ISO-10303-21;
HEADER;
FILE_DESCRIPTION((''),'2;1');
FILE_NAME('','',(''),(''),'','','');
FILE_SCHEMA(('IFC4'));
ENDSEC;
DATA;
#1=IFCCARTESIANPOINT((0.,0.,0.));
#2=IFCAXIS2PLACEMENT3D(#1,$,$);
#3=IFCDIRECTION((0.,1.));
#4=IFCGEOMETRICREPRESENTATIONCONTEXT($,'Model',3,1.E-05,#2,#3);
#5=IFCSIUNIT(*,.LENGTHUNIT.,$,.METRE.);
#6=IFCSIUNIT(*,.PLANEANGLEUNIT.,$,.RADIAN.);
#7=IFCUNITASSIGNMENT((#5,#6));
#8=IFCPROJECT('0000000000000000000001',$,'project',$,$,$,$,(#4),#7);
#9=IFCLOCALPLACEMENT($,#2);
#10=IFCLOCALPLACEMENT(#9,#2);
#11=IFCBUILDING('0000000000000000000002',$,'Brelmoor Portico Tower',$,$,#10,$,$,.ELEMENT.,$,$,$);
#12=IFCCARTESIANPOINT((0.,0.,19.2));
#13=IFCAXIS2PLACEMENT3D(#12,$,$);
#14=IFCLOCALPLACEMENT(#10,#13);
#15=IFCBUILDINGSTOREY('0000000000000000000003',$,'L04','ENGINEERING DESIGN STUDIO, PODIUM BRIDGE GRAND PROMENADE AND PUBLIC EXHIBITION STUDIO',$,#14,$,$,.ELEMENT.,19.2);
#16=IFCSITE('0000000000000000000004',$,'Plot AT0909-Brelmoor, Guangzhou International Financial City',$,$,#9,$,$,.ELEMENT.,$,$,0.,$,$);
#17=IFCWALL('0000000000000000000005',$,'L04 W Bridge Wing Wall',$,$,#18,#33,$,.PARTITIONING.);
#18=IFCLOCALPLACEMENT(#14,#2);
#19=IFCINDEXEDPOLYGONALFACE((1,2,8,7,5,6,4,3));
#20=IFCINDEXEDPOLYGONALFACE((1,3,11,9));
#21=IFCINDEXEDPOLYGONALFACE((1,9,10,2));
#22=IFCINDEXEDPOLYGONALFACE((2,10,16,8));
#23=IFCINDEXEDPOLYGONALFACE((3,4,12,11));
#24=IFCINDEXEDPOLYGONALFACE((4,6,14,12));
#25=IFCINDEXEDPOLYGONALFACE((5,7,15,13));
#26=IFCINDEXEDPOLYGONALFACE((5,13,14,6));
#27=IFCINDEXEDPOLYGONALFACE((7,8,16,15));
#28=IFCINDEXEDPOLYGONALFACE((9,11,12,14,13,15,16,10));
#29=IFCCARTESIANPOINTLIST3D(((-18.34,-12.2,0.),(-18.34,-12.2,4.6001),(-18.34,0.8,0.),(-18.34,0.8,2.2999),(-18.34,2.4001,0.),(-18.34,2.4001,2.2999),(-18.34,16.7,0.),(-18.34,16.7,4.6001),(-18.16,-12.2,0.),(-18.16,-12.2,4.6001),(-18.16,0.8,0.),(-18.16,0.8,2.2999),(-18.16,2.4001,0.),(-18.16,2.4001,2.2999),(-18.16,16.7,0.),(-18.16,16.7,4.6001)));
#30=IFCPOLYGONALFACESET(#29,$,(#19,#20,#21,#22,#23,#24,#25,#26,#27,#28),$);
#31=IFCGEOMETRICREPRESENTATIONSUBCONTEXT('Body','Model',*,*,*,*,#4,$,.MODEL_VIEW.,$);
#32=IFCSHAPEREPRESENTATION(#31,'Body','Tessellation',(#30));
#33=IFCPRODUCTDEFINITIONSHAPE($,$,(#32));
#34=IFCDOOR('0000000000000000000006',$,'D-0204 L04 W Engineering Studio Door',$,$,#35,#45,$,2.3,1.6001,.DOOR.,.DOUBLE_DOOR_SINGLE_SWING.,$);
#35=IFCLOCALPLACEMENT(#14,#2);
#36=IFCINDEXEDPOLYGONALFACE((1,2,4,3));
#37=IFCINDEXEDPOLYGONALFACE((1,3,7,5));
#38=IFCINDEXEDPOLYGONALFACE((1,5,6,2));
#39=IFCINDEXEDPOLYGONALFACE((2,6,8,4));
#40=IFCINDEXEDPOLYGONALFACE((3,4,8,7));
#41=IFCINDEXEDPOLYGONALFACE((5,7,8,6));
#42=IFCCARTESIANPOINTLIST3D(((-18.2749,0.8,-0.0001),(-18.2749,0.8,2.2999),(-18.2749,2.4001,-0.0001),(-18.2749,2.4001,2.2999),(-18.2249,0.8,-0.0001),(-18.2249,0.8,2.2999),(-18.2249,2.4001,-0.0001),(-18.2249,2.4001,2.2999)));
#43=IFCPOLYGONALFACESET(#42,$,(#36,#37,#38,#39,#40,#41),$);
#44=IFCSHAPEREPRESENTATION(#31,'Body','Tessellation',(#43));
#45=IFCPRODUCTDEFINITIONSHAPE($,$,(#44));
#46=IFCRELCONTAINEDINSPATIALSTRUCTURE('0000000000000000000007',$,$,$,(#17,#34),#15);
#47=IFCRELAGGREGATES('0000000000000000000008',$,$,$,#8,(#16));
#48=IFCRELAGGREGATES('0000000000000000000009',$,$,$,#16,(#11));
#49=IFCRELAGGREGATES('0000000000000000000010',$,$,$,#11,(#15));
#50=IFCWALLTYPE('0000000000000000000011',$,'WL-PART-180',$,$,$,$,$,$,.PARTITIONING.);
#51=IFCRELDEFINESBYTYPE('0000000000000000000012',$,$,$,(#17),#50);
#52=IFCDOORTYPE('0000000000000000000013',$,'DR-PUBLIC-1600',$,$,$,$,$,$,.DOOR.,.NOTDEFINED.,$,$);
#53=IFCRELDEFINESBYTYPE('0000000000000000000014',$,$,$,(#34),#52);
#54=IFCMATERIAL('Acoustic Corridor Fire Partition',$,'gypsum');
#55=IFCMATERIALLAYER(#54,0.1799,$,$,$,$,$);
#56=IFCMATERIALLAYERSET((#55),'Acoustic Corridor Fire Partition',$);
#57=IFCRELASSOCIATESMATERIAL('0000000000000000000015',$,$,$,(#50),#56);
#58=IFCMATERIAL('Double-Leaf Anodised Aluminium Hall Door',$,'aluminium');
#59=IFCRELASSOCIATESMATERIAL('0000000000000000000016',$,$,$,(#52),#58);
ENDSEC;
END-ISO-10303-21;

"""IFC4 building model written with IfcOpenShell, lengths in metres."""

from ifc_helpers import new_model, si_unit, direction, frame, frame_2d, origin, place, context, subcontext, project, spatial, rectangle, extrude, material, layer, layer_set, type_object, element, fill, save


model = new_model("IFC4")

# Units and contexts
model_context = context("Model", 3, precision=1e-05, world=origin(), true_north=direction((0.0, 1.0)))
body_context = subcontext(model_context, "Body", "Model", "MODEL_VIEW")
ifc_project = project(units=[si_unit("LENGTHUNIT", "METRE"), si_unit("PLANEANGLEUNIT", "RADIAN")], contexts=[model_context])

# Site, building, storey
site_placement = place(None, origin())
site = spatial("IfcSite", under=ifc_project, at=site_placement, Name="Plot AT0909-Brelmoor, Guangzhou International Financial City", CompositionType="ELEMENT", RefElevation=0.0)
building_placement = place(site_placement, origin())
building = spatial("IfcBuilding", under=site, at=building_placement, Name="Brelmoor Portico Tower", CompositionType="ELEMENT")
storey_placement = place(building_placement, frame((0.0, 0.0, 19.2)))
storey = spatial("IfcBuildingStorey", under=building, at=storey_placement, Name="L04", Description="ENGINEERING DESIGN STUDIO, PODIUM BRIDGE GRAND PROMENADE AND PUBLIC EXHIBITION STUDIO", CompositionType="ELEMENT", Elevation=19.2)

# Shared definitions
ifc_material_1 = material(Name="Acoustic Corridor Fire Partition", Category="gypsum")
ifc_layer_1 = layer(ifc_material_1, 0.1799)
ifc_layer_set_1 = layer_set([ifc_layer_1], Name="Acoustic Corridor Fire Partition")
wall_type = type_object("IfcWallType", Name="WL-PART-180", PredefinedType="PARTITIONING", material=ifc_layer_set_1)
ifc_material_2 = material(Name="Double-Leaf Anodised Aluminium Hall Door", Category="aluminium")
door_type = type_object("IfcDoorType", Name="DR-PUBLIC-1600", OperationType="NOTDEFINED", PredefinedType="DOOR", material=ifc_material_2)

# Wall, opening, door
wall_1_placement = place(storey_placement, frame((-18.25, -12.2, 0.0), z_axis=(0.0, 0.0, 1.0), x_axis=(0.0, 1.0, 0.0)))
wall_1 = element("IfcWall", 1, at=wall_1_placement, inside=storey, type_object=wall_type, Name="L04 W Bridge Wing Wall", PredefinedType="PARTITIONING", context=body_context, shape_type="SweptSolid", body=[
    extrude(rectangle(XDim=28.8999, YDim=0.1799, at=frame_2d((14.45, 0.0))), origin(), (0.0, 0.0, 1.0), 4.6001),
])
opening_1_placement = place(wall_1_placement, frame((13.0, 0.0, 0.0)))
opening_1 = element("IfcOpeningElement", 2, at=opening_1_placement, cuts=wall_1, PredefinedType="OPENING", context=body_context, shape_type="SweptSolid", body=[
    extrude(rectangle(XDim=1.6001, YDim=2.3, at=frame_2d((0.8, 1.1499))), frame((0.0, 0.0999, 0.0), z_axis=(0.0, -1.0, 0.0), x_axis=(1.0, 0.0, 0.0)), (0.0, 0.0, 1.0), 0.2),
])
door_1_placement = place(opening_1_placement, origin())
door_1 = element("IfcDoor", 3, at=door_1_placement, inside=storey, type_object=door_type, Name="D-0204 L04 W Engineering Studio Door", OperationType="DOUBLE_DOOR_SINGLE_SWING", OverallHeight=2.3, OverallWidth=1.6001, PredefinedType="DOOR", context=body_context, shape_type="SweptSolid", body=[
    extrude(rectangle(XDim=1.6001, YDim=2.3, at=frame_2d((0.8, 1.1499))), frame((0.0, 0.0249, 0.0), z_axis=(0.0, -1.0, 0.0), x_axis=(1.0, 0.0, 0.0)), (0.0, 0.0, 1.0), 0.05),
])
fill(opening_1, door_1)

save(model, "model.ifc")
